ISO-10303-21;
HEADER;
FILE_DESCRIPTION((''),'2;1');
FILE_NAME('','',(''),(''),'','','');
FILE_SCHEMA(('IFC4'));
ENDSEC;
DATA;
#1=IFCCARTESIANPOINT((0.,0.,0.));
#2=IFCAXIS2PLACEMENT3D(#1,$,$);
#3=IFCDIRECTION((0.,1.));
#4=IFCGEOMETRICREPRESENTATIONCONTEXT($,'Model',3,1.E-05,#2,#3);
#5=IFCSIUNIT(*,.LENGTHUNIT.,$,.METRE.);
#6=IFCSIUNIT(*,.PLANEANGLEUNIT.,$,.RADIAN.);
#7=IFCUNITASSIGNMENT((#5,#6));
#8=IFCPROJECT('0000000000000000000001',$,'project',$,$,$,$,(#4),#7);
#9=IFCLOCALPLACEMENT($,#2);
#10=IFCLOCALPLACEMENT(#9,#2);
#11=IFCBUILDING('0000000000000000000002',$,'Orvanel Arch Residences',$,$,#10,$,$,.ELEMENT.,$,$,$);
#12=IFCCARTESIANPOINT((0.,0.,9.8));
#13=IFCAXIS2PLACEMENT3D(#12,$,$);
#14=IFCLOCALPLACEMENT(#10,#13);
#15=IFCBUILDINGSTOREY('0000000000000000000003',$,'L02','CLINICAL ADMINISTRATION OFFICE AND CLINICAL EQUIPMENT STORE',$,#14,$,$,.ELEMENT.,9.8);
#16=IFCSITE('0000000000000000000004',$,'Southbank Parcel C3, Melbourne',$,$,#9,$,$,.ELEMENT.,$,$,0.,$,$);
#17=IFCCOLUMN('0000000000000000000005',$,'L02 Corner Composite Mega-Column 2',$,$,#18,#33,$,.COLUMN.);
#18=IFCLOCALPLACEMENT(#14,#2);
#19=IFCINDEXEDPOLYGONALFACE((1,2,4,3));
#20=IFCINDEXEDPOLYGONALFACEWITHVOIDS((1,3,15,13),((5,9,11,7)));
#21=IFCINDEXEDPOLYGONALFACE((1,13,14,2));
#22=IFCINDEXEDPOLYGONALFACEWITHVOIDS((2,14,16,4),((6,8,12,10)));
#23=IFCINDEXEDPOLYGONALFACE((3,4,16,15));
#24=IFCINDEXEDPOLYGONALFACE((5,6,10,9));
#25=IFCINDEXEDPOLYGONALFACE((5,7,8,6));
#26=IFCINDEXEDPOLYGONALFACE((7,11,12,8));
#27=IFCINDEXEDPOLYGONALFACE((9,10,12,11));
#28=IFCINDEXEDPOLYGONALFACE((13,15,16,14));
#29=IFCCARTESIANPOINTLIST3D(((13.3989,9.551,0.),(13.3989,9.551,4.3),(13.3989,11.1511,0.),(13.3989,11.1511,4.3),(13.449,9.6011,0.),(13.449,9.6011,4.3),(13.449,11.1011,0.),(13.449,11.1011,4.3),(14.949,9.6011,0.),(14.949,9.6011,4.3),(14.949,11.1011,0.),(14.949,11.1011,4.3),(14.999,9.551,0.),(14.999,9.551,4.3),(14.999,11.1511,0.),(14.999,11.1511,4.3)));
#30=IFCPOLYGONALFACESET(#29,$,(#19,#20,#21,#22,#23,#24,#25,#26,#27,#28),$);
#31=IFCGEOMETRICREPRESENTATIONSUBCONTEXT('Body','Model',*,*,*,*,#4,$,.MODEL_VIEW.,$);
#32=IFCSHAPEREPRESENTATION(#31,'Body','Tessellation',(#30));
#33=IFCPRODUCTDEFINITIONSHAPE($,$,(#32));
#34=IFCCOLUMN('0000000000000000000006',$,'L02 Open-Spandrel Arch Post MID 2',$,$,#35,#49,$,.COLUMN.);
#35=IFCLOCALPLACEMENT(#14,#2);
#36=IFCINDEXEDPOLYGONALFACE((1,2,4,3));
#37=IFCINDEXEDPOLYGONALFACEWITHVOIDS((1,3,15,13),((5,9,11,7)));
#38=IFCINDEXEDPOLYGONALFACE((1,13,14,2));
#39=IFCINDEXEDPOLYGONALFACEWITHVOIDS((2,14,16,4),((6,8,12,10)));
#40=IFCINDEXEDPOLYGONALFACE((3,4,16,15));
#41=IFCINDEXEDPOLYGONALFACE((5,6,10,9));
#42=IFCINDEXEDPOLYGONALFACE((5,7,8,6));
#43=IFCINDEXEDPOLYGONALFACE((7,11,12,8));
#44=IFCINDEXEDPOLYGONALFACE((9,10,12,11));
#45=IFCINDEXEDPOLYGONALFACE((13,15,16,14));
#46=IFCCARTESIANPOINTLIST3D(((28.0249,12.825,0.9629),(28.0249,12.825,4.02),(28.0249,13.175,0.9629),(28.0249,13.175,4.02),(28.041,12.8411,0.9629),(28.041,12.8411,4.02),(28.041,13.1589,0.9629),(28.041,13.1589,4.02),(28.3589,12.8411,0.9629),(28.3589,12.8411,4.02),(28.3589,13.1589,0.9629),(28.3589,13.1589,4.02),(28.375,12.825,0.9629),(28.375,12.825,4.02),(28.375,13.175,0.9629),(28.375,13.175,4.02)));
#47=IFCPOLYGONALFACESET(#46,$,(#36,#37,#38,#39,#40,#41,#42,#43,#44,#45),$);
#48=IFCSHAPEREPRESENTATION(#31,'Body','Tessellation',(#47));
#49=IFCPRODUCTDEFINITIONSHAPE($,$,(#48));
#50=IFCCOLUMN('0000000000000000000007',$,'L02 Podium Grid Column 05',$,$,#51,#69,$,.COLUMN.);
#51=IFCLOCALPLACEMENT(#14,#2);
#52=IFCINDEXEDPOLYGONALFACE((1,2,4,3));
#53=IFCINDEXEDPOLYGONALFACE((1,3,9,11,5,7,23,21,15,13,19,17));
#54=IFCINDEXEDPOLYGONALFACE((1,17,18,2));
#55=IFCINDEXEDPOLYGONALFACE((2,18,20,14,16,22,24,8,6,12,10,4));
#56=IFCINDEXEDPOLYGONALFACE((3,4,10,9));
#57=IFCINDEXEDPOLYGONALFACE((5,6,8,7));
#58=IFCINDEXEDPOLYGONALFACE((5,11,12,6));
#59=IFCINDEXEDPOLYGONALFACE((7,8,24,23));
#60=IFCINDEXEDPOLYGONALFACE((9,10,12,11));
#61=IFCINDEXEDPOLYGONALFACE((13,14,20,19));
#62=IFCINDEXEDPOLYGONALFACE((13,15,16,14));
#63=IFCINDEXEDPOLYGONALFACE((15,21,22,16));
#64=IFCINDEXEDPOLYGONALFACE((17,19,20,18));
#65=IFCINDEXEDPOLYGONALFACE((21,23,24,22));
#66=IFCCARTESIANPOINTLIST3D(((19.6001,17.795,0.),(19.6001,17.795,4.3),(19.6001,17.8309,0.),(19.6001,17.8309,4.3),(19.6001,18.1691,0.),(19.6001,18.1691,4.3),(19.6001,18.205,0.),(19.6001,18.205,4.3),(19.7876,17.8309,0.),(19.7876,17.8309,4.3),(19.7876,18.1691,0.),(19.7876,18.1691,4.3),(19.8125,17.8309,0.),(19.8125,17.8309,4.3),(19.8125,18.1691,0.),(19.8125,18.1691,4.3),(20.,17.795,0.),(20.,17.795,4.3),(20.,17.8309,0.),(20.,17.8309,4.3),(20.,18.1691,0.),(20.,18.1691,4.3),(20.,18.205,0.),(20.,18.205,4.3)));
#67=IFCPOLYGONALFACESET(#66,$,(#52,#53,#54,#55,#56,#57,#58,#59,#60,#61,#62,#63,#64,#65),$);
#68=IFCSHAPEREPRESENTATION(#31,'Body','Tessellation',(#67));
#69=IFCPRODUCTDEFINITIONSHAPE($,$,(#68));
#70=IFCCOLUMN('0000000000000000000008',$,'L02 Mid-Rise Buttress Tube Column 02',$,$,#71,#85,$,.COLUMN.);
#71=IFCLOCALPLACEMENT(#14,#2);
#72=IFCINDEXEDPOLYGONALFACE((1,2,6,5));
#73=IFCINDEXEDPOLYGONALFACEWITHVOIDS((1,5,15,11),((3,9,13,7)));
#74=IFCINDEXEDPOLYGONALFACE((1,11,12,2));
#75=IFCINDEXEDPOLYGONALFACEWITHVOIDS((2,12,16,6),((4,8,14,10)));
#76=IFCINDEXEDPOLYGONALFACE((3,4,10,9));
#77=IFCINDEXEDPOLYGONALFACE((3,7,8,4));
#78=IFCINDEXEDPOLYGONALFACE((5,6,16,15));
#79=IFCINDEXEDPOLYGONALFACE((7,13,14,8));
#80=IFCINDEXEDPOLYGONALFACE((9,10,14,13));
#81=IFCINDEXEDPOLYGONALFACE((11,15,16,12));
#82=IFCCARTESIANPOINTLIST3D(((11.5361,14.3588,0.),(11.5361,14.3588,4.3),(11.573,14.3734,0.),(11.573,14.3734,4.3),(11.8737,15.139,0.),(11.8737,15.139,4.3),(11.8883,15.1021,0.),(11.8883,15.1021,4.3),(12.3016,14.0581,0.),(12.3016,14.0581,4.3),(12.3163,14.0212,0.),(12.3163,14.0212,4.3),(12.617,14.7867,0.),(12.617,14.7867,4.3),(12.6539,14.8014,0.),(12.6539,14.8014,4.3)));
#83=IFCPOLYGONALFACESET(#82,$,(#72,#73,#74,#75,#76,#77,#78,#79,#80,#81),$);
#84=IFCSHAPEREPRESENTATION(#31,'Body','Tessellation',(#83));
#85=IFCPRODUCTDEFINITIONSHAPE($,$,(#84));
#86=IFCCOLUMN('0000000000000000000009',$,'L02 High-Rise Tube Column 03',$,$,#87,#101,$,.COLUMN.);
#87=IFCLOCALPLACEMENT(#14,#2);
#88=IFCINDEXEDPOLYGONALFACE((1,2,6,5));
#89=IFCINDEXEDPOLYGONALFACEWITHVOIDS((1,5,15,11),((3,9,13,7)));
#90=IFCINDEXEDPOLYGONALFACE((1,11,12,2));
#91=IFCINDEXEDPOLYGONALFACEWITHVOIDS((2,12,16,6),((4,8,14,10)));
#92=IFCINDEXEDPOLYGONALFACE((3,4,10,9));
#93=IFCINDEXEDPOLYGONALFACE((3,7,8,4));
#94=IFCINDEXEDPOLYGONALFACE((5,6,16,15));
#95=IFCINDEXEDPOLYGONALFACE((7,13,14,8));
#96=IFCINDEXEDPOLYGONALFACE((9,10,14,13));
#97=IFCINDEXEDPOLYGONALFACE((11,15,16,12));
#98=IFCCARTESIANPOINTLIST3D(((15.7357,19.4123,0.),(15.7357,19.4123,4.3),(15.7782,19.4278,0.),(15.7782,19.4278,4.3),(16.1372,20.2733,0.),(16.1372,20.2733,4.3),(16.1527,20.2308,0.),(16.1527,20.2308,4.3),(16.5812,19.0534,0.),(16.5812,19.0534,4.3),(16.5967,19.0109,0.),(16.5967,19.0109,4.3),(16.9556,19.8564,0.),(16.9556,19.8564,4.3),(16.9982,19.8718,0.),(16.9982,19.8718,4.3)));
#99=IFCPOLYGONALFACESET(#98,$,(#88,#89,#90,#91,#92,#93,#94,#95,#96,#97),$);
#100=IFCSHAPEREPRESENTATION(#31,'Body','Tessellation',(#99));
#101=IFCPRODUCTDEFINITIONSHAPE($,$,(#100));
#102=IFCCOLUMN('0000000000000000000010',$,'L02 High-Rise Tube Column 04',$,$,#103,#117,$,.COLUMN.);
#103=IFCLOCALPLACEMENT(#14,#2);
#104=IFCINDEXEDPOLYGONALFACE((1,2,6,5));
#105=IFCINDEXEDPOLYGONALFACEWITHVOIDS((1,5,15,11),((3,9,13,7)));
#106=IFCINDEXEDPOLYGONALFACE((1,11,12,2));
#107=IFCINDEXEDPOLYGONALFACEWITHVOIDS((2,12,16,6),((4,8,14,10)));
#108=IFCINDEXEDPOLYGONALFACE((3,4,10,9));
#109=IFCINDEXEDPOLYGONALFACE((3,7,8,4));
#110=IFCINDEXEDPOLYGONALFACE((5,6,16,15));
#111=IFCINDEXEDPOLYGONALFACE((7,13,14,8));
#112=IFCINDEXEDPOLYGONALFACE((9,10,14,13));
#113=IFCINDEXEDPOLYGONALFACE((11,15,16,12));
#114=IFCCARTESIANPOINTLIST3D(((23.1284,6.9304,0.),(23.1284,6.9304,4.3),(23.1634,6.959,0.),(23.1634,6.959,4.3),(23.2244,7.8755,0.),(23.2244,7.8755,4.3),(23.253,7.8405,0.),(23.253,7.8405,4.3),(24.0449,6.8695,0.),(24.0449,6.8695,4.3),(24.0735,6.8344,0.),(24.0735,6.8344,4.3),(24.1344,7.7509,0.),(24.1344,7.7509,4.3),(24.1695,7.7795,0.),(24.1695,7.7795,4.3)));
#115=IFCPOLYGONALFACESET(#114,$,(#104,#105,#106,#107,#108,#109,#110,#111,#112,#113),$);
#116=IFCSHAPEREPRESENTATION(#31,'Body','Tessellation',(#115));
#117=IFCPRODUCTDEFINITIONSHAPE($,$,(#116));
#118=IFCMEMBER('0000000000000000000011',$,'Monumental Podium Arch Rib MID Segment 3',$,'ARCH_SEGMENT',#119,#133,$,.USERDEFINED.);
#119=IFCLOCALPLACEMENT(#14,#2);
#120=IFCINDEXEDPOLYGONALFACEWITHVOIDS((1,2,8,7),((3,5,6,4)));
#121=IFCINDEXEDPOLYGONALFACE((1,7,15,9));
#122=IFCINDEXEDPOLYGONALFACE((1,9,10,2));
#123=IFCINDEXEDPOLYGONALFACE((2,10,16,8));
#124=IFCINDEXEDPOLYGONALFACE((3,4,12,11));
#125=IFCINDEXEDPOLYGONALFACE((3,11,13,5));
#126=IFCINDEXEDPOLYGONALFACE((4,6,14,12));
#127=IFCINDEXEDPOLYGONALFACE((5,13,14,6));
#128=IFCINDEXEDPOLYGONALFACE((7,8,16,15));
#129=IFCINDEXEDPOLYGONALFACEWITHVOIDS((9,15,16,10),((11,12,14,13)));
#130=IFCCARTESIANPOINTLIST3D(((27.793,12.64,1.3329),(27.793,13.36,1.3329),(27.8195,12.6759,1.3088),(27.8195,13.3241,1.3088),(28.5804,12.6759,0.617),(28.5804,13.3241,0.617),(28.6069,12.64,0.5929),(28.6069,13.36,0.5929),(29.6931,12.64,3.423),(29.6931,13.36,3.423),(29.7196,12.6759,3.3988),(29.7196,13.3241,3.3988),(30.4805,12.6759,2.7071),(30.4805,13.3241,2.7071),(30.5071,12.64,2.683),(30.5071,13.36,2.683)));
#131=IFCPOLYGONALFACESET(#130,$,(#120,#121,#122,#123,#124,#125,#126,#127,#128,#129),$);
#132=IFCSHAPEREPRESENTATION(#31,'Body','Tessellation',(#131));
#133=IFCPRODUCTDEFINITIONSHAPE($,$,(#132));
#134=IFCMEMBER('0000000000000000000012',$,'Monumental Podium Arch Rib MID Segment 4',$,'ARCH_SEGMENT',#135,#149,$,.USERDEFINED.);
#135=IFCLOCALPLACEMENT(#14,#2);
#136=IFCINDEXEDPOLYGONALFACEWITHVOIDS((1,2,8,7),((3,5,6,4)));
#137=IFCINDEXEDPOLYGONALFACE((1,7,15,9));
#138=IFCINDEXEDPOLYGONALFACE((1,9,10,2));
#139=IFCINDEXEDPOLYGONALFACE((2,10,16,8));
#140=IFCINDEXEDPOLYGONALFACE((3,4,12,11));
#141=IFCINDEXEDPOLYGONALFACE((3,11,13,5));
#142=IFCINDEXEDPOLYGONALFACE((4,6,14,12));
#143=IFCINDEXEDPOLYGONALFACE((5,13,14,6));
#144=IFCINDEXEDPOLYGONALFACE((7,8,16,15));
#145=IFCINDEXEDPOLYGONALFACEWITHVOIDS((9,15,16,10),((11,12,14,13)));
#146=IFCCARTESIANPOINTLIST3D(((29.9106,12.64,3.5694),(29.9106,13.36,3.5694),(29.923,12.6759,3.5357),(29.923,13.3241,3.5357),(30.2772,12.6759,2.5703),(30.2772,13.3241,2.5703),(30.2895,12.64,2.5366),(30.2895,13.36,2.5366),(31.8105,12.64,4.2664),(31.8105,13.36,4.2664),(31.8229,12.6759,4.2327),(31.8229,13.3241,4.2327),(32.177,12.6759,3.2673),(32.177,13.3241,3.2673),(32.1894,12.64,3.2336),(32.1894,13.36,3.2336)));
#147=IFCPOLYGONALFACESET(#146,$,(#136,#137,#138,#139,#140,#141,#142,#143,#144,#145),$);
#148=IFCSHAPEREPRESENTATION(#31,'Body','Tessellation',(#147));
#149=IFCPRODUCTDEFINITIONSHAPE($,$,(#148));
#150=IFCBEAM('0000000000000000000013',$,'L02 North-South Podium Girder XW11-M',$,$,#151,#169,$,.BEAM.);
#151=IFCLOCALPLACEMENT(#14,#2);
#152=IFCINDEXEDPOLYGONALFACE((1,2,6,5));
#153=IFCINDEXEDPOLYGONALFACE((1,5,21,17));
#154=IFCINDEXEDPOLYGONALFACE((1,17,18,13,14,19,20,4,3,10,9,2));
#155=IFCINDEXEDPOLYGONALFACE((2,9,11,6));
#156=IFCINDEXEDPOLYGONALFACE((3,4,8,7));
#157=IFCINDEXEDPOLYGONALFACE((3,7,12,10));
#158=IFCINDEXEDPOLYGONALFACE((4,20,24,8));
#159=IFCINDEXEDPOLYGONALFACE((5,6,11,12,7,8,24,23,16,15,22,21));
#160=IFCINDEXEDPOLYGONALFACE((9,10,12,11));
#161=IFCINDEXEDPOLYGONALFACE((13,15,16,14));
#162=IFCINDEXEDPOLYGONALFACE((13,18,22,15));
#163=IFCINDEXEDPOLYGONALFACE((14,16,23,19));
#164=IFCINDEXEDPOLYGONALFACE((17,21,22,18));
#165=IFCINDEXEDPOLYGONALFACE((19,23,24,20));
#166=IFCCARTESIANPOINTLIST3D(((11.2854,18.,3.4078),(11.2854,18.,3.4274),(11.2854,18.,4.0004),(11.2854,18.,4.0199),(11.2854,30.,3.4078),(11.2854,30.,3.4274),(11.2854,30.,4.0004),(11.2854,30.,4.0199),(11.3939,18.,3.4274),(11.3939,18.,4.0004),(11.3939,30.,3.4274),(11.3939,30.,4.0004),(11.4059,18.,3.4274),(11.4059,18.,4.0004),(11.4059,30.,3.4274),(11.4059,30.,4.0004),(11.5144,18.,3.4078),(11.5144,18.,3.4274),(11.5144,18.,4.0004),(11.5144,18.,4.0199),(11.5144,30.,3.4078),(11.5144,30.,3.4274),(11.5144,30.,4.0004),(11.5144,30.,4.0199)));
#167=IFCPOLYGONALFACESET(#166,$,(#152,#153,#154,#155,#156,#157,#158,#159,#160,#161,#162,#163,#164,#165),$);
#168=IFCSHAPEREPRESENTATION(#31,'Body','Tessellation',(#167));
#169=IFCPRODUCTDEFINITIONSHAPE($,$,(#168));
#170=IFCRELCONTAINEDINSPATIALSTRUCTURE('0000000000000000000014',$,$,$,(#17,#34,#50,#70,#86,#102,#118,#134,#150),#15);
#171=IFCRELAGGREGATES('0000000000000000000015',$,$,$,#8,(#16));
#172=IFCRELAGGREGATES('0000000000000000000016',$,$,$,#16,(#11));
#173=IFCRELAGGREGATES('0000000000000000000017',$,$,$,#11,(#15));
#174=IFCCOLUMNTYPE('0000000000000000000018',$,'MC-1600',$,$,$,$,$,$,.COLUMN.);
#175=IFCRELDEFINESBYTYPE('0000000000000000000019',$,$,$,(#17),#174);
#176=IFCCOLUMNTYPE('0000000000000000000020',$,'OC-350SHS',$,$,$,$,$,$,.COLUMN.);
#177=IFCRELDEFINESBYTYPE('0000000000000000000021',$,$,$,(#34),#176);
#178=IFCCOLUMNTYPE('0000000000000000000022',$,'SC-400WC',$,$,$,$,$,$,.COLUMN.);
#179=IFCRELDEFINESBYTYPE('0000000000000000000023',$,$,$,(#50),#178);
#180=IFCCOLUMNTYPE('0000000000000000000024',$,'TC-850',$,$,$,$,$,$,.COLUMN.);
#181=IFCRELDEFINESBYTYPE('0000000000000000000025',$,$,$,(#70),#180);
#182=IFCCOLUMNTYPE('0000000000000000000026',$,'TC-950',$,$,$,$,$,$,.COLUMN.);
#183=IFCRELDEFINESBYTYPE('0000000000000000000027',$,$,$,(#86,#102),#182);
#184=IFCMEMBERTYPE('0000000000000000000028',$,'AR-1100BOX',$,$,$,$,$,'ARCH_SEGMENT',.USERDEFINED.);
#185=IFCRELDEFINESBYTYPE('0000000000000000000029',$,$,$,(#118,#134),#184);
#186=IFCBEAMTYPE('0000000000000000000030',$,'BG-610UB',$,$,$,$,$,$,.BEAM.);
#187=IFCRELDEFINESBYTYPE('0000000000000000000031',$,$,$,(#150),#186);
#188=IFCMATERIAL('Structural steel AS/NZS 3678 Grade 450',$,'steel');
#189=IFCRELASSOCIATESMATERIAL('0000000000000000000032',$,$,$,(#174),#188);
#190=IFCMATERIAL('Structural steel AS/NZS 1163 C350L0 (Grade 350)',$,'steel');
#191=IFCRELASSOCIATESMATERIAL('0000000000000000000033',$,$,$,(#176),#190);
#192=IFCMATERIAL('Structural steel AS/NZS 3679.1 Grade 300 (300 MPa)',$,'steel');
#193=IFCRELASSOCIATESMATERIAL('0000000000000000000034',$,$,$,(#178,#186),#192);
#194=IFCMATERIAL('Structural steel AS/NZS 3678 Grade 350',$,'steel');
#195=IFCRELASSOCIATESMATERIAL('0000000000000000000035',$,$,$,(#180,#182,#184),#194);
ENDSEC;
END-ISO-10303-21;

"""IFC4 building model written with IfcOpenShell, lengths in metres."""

from ifc_helpers import new_model, si_unit, direction, frame, origin, origin_2d, place, context, subcontext, project, spatial, hollow_rectangle, i_section, extrude, material, material_profile, profile_set, type_object, element, save


model = new_model("IFC4")

# Units and contexts
model_context = context("Model", 3, precision=1e-05, world=origin(), true_north=direction((0.0, 1.0)))
body_context = subcontext(model_context, "Body", "Model", "MODEL_VIEW")
ifc_project = project(units=[si_unit("LENGTHUNIT", "METRE"), si_unit("PLANEANGLEUNIT", "RADIAN")], contexts=[model_context])

# Site, building, storey
site_placement = place(None, origin())
site = spatial("IfcSite", under=ifc_project, at=site_placement, Name="Southbank Parcel C3, Melbourne", CompositionType="ELEMENT", RefElevation=0.0)
building_placement = place(site_placement, origin())
building = spatial("IfcBuilding", under=site, at=building_placement, Name="Orvanel Arch Residences", CompositionType="ELEMENT")
storey_placement = place(building_placement, frame((0.0, 0.0, 9.8)))
storey = spatial("IfcBuildingStorey", under=building, at=storey_placement, Name="L02", Description="CLINICAL ADMINISTRATION OFFICE AND CLINICAL EQUIPMENT STORE", CompositionType="ELEMENT", Elevation=9.8)

# Columns
ifc_material_1 = material(Name="Structural steel AS/NZS 3678 Grade 450", Category="steel")
ifc_material_profile_1 = material_profile(ifc_material_1, hollow_rectangle(XDim=1.6001, YDim=1.6001, WallThickness=0.05, at=origin_2d()), Name="BOX1600x1600x50")
ifc_profile_set_1 = profile_set([ifc_material_profile_1], Name="Structural steel AS/NZS 3678 Grade 450")
column_type_1 = type_object("IfcColumnType", Name="MC-1600", PredefinedType="COLUMN", material=ifc_profile_set_1)
column_1_placement = place(storey_placement, frame((14.199, 10.3511, 0.0), z_axis=(0.0, 0.0, 1.0), x_axis=(1.0, 0.0, 0.0)))
element("IfcColumn", 1, at=column_1_placement, inside=storey, type_object=column_type_1, Name="L02 Corner Composite Mega-Column 2", PredefinedType="COLUMN", context=body_context, shape_type="SweptSolid", body=[
    extrude(hollow_rectangle(XDim=1.6001, YDim=1.6001, WallThickness=0.05, at=origin_2d()), origin(), (0.0, 0.0, 1.0), 4.3),
])
ifc_material_2 = material(Name="Structural steel AS/NZS 1163 C350L0 (Grade 350)", Category="steel")
ifc_material_profile_2 = material_profile(ifc_material_2, hollow_rectangle(XDim=0.3501, YDim=0.3501, WallThickness=0.0161, at=origin_2d()), Name="SHS350x350x16")
ifc_profile_set_2 = profile_set([ifc_material_profile_2], Name="Structural steel AS/NZS 1163 C350L0 (Grade 350)")
column_type_2 = type_object("IfcColumnType", Name="OC-350SHS", PredefinedType="COLUMN", material=ifc_profile_set_2)
column_2_placement = place(storey_placement, frame((28.2, 13.0, 0.9629), z_axis=(0.0, 0.0, 1.0), x_axis=(1.0, 0.0, 0.0)))
element("IfcColumn", 2, at=column_2_placement, inside=storey, type_object=column_type_2, Name="L02 Open-Spandrel Arch Post MID 2", PredefinedType="COLUMN", context=body_context, shape_type="SweptSolid", body=[
    extrude(hollow_rectangle(XDim=0.3501, YDim=0.3501, WallThickness=0.0161, at=origin_2d()), origin(), (0.0, 0.0, 1.0), 3.0571),
])
ifc_material_3 = material(Name="Structural steel AS/NZS 3679.1 Grade 300 (300 MPa)", Category="steel")
ifc_material_profile_3 = material_profile(ifc_material_3, i_section(OverallWidth=0.3999, OverallDepth=0.4099, WebThickness=0.0249, FlangeThickness=0.0359, at=origin_2d()), Name="400WC328")
ifc_profile_set_3 = profile_set([ifc_material_profile_3], Name="Structural steel AS/NZS 3679.1 Grade 300 (300 MPa)")
column_type_3 = type_object("IfcColumnType", Name="SC-400WC", PredefinedType="COLUMN", material=ifc_profile_set_3)
column_3_placement = place(storey_placement, frame((19.8, 18.0, 0.0), z_axis=(0.0, 0.0, 1.0), x_axis=(1.0, 0.0, 0.0)))
element("IfcColumn", 3, at=column_3_placement, inside=storey, type_object=column_type_3, Name="L02 Podium Grid Column 05", PredefinedType="COLUMN", context=body_context, shape_type="SweptSolid", body=[
    extrude(i_section(OverallWidth=0.3999, OverallDepth=0.4099, WebThickness=0.0249, FlangeThickness=0.0359, at=origin_2d()), origin(), (0.0, 0.0, 1.0), 4.3),
])
ifc_material_4 = material(Name="Structural steel AS/NZS 3678 Grade 350", Category="steel")
ifc_material_profile_4 = material_profile(ifc_material_4, hollow_rectangle(XDim=0.8501, YDim=0.8501, WallThickness=0.0281, at=origin_2d()), Name="BOX850x850x28")
ifc_profile_set_4 = profile_set([ifc_material_profile_4], Name="Structural steel AS/NZS 3678 Grade 350")
column_type_4 = type_object("IfcColumnType", Name="TC-850", PredefinedType="COLUMN", material=ifc_profile_set_4)
column_4_placement = place(storey_placement, frame((12.095, 14.5801, 0.0), z_axis=(0.0, 0.0, 1.0), x_axis=(0.397148, 0.917755, 0.0)))
element("IfcColumn", 4, at=column_4_placement, inside=storey, type_object=column_type_4, Name="L02 Mid-Rise Buttress Tube Column 02", PredefinedType="COLUMN", context=body_context, shape_type="SweptSolid", body=[
    extrude(hollow_rectangle(XDim=0.8501, YDim=0.8501, WallThickness=0.0281, at=origin_2d()), origin(), (0.0, 0.0, 1.0), 4.3),
])
ifc_material_profile_5 = material_profile(ifc_material_4, hollow_rectangle(XDim=0.95, YDim=0.95, WallThickness=0.032, at=origin_2d()), Name="BOX950x950x32")
ifc_profile_set_5 = profile_set([ifc_material_profile_5], Name="Structural steel AS/NZS 3678 Grade 350")
column_type_5 = type_object("IfcColumnType", Name="TC-950", PredefinedType="COLUMN", material=ifc_profile_set_5)
for number, where, z_axis, x_axis, name in (
    (5, (16.3669, 19.6421, 0.0), (0.0, 0.0, 1.0), (0.422618, 0.906308, 0.0), "L02 High-Rise Tube Column 03"),
    (6, (23.6489, 7.355, 0.0), (0.0, 0.0, 1.0), (-0.994881, 0.101056, 0.0), "L02 High-Rise Tube Column 04"),
):
    element("IfcColumn", number, at=place(storey_placement, frame(where, z_axis=z_axis, x_axis=x_axis)), inside=storey, type_object=column_type_5, Name=name, PredefinedType="COLUMN", context=body_context, shape_type="SweptSolid", body=[
        extrude(hollow_rectangle(XDim=0.95, YDim=0.95, WallThickness=0.032, at=origin_2d()), origin(), (0.0, 0.0, 1.0), 4.3),
    ])

# Members
ifc_material_profile_6 = material_profile(ifc_material_4, hollow_rectangle(XDim=0.72, YDim=1.1001, WallThickness=0.0359, at=origin_2d()), Name="BOX1100x720x36")
ifc_profile_set_6 = profile_set([ifc_material_profile_6], Name="Structural steel AS/NZS 3678 Grade 350")
member_type = type_object("IfcMemberType", Name="AR-1100BOX", ElementType="ARCH_SEGMENT", PredefinedType="USERDEFINED", material=ifc_profile_set_6)
member_1_placement = place(storey_placement, frame((28.2, 13.0, 0.9629), z_axis=(0.672686, 0.0, 0.739928), x_axis=(0.0, 1.0, 0.0)))
element("IfcMember", 7, at=member_1_placement, inside=storey, type_object=member_type, Name="Monumental Podium Arch Rib MID Segment 3", ObjectType="ARCH_SEGMENT", PredefinedType="USERDEFINED", context=body_context, shape_type="SweptSolid", body=[
    extrude(hollow_rectangle(XDim=0.72, YDim=1.1001, WallThickness=0.0359, at=origin_2d()), origin(), (0.0, 0.0, 1.0), 2.8247),
])
member_2_placement = place(storey_placement, frame((30.1001, 13.0, 3.053), z_axis=(0.938814, 0.0, 0.344425), x_axis=(0.0, 1.0, 0.0)))
element("IfcMember", 8, at=member_2_placement, inside=storey, type_object=member_type, Name="Monumental Podium Arch Rib MID Segment 4", ObjectType="ARCH_SEGMENT", PredefinedType="USERDEFINED", context=body_context, shape_type="SweptSolid", body=[
    extrude(hollow_rectangle(XDim=0.72, YDim=1.1001, WallThickness=0.0359, at=origin_2d()), origin(), (0.0, 0.0, 1.0), 2.0237),
])

# Beam
ifc_material_profile_7 = material_profile(ifc_material_3, i_section(OverallWidth=0.229, OverallDepth=0.6121, WebThickness=0.012, FlangeThickness=0.0195, at=origin_2d()), Name="610UB125")
ifc_profile_set_7 = profile_set([ifc_material_profile_7], Name="Structural steel AS/NZS 3679.1 Grade 300 (300 MPa)")
beam_type_1 = type_object("IfcBeamType", Name="BG-610UB", PredefinedType="BEAM", material=ifc_profile_set_7)
for number, where, z_axis, x_axis, name in (
    (9, (11.3999, 18.0, 3.7139), (0.0, 1.0, 0.0), (-1.0, 0.0, 0.0), "L02 North-South Podium Girder XW11-M"),
):
    element("IfcBeam", number, at=place(storey_placement, frame(where, z_axis=z_axis, x_axis=x_axis)), inside=storey, type_object=beam_type_1, Name=name, PredefinedType="BEAM", context=body_context, shape_type="SweptSolid", body=[
        extrude(i_section(OverallWidth=0.229, OverallDepth=0.6121, WebThickness=0.012, FlangeThickness=0.0195, at=origin_2d()), origin(), (0.0, 0.0, 1.0), 12.0),
    ])

save(model, "model.ifc")
